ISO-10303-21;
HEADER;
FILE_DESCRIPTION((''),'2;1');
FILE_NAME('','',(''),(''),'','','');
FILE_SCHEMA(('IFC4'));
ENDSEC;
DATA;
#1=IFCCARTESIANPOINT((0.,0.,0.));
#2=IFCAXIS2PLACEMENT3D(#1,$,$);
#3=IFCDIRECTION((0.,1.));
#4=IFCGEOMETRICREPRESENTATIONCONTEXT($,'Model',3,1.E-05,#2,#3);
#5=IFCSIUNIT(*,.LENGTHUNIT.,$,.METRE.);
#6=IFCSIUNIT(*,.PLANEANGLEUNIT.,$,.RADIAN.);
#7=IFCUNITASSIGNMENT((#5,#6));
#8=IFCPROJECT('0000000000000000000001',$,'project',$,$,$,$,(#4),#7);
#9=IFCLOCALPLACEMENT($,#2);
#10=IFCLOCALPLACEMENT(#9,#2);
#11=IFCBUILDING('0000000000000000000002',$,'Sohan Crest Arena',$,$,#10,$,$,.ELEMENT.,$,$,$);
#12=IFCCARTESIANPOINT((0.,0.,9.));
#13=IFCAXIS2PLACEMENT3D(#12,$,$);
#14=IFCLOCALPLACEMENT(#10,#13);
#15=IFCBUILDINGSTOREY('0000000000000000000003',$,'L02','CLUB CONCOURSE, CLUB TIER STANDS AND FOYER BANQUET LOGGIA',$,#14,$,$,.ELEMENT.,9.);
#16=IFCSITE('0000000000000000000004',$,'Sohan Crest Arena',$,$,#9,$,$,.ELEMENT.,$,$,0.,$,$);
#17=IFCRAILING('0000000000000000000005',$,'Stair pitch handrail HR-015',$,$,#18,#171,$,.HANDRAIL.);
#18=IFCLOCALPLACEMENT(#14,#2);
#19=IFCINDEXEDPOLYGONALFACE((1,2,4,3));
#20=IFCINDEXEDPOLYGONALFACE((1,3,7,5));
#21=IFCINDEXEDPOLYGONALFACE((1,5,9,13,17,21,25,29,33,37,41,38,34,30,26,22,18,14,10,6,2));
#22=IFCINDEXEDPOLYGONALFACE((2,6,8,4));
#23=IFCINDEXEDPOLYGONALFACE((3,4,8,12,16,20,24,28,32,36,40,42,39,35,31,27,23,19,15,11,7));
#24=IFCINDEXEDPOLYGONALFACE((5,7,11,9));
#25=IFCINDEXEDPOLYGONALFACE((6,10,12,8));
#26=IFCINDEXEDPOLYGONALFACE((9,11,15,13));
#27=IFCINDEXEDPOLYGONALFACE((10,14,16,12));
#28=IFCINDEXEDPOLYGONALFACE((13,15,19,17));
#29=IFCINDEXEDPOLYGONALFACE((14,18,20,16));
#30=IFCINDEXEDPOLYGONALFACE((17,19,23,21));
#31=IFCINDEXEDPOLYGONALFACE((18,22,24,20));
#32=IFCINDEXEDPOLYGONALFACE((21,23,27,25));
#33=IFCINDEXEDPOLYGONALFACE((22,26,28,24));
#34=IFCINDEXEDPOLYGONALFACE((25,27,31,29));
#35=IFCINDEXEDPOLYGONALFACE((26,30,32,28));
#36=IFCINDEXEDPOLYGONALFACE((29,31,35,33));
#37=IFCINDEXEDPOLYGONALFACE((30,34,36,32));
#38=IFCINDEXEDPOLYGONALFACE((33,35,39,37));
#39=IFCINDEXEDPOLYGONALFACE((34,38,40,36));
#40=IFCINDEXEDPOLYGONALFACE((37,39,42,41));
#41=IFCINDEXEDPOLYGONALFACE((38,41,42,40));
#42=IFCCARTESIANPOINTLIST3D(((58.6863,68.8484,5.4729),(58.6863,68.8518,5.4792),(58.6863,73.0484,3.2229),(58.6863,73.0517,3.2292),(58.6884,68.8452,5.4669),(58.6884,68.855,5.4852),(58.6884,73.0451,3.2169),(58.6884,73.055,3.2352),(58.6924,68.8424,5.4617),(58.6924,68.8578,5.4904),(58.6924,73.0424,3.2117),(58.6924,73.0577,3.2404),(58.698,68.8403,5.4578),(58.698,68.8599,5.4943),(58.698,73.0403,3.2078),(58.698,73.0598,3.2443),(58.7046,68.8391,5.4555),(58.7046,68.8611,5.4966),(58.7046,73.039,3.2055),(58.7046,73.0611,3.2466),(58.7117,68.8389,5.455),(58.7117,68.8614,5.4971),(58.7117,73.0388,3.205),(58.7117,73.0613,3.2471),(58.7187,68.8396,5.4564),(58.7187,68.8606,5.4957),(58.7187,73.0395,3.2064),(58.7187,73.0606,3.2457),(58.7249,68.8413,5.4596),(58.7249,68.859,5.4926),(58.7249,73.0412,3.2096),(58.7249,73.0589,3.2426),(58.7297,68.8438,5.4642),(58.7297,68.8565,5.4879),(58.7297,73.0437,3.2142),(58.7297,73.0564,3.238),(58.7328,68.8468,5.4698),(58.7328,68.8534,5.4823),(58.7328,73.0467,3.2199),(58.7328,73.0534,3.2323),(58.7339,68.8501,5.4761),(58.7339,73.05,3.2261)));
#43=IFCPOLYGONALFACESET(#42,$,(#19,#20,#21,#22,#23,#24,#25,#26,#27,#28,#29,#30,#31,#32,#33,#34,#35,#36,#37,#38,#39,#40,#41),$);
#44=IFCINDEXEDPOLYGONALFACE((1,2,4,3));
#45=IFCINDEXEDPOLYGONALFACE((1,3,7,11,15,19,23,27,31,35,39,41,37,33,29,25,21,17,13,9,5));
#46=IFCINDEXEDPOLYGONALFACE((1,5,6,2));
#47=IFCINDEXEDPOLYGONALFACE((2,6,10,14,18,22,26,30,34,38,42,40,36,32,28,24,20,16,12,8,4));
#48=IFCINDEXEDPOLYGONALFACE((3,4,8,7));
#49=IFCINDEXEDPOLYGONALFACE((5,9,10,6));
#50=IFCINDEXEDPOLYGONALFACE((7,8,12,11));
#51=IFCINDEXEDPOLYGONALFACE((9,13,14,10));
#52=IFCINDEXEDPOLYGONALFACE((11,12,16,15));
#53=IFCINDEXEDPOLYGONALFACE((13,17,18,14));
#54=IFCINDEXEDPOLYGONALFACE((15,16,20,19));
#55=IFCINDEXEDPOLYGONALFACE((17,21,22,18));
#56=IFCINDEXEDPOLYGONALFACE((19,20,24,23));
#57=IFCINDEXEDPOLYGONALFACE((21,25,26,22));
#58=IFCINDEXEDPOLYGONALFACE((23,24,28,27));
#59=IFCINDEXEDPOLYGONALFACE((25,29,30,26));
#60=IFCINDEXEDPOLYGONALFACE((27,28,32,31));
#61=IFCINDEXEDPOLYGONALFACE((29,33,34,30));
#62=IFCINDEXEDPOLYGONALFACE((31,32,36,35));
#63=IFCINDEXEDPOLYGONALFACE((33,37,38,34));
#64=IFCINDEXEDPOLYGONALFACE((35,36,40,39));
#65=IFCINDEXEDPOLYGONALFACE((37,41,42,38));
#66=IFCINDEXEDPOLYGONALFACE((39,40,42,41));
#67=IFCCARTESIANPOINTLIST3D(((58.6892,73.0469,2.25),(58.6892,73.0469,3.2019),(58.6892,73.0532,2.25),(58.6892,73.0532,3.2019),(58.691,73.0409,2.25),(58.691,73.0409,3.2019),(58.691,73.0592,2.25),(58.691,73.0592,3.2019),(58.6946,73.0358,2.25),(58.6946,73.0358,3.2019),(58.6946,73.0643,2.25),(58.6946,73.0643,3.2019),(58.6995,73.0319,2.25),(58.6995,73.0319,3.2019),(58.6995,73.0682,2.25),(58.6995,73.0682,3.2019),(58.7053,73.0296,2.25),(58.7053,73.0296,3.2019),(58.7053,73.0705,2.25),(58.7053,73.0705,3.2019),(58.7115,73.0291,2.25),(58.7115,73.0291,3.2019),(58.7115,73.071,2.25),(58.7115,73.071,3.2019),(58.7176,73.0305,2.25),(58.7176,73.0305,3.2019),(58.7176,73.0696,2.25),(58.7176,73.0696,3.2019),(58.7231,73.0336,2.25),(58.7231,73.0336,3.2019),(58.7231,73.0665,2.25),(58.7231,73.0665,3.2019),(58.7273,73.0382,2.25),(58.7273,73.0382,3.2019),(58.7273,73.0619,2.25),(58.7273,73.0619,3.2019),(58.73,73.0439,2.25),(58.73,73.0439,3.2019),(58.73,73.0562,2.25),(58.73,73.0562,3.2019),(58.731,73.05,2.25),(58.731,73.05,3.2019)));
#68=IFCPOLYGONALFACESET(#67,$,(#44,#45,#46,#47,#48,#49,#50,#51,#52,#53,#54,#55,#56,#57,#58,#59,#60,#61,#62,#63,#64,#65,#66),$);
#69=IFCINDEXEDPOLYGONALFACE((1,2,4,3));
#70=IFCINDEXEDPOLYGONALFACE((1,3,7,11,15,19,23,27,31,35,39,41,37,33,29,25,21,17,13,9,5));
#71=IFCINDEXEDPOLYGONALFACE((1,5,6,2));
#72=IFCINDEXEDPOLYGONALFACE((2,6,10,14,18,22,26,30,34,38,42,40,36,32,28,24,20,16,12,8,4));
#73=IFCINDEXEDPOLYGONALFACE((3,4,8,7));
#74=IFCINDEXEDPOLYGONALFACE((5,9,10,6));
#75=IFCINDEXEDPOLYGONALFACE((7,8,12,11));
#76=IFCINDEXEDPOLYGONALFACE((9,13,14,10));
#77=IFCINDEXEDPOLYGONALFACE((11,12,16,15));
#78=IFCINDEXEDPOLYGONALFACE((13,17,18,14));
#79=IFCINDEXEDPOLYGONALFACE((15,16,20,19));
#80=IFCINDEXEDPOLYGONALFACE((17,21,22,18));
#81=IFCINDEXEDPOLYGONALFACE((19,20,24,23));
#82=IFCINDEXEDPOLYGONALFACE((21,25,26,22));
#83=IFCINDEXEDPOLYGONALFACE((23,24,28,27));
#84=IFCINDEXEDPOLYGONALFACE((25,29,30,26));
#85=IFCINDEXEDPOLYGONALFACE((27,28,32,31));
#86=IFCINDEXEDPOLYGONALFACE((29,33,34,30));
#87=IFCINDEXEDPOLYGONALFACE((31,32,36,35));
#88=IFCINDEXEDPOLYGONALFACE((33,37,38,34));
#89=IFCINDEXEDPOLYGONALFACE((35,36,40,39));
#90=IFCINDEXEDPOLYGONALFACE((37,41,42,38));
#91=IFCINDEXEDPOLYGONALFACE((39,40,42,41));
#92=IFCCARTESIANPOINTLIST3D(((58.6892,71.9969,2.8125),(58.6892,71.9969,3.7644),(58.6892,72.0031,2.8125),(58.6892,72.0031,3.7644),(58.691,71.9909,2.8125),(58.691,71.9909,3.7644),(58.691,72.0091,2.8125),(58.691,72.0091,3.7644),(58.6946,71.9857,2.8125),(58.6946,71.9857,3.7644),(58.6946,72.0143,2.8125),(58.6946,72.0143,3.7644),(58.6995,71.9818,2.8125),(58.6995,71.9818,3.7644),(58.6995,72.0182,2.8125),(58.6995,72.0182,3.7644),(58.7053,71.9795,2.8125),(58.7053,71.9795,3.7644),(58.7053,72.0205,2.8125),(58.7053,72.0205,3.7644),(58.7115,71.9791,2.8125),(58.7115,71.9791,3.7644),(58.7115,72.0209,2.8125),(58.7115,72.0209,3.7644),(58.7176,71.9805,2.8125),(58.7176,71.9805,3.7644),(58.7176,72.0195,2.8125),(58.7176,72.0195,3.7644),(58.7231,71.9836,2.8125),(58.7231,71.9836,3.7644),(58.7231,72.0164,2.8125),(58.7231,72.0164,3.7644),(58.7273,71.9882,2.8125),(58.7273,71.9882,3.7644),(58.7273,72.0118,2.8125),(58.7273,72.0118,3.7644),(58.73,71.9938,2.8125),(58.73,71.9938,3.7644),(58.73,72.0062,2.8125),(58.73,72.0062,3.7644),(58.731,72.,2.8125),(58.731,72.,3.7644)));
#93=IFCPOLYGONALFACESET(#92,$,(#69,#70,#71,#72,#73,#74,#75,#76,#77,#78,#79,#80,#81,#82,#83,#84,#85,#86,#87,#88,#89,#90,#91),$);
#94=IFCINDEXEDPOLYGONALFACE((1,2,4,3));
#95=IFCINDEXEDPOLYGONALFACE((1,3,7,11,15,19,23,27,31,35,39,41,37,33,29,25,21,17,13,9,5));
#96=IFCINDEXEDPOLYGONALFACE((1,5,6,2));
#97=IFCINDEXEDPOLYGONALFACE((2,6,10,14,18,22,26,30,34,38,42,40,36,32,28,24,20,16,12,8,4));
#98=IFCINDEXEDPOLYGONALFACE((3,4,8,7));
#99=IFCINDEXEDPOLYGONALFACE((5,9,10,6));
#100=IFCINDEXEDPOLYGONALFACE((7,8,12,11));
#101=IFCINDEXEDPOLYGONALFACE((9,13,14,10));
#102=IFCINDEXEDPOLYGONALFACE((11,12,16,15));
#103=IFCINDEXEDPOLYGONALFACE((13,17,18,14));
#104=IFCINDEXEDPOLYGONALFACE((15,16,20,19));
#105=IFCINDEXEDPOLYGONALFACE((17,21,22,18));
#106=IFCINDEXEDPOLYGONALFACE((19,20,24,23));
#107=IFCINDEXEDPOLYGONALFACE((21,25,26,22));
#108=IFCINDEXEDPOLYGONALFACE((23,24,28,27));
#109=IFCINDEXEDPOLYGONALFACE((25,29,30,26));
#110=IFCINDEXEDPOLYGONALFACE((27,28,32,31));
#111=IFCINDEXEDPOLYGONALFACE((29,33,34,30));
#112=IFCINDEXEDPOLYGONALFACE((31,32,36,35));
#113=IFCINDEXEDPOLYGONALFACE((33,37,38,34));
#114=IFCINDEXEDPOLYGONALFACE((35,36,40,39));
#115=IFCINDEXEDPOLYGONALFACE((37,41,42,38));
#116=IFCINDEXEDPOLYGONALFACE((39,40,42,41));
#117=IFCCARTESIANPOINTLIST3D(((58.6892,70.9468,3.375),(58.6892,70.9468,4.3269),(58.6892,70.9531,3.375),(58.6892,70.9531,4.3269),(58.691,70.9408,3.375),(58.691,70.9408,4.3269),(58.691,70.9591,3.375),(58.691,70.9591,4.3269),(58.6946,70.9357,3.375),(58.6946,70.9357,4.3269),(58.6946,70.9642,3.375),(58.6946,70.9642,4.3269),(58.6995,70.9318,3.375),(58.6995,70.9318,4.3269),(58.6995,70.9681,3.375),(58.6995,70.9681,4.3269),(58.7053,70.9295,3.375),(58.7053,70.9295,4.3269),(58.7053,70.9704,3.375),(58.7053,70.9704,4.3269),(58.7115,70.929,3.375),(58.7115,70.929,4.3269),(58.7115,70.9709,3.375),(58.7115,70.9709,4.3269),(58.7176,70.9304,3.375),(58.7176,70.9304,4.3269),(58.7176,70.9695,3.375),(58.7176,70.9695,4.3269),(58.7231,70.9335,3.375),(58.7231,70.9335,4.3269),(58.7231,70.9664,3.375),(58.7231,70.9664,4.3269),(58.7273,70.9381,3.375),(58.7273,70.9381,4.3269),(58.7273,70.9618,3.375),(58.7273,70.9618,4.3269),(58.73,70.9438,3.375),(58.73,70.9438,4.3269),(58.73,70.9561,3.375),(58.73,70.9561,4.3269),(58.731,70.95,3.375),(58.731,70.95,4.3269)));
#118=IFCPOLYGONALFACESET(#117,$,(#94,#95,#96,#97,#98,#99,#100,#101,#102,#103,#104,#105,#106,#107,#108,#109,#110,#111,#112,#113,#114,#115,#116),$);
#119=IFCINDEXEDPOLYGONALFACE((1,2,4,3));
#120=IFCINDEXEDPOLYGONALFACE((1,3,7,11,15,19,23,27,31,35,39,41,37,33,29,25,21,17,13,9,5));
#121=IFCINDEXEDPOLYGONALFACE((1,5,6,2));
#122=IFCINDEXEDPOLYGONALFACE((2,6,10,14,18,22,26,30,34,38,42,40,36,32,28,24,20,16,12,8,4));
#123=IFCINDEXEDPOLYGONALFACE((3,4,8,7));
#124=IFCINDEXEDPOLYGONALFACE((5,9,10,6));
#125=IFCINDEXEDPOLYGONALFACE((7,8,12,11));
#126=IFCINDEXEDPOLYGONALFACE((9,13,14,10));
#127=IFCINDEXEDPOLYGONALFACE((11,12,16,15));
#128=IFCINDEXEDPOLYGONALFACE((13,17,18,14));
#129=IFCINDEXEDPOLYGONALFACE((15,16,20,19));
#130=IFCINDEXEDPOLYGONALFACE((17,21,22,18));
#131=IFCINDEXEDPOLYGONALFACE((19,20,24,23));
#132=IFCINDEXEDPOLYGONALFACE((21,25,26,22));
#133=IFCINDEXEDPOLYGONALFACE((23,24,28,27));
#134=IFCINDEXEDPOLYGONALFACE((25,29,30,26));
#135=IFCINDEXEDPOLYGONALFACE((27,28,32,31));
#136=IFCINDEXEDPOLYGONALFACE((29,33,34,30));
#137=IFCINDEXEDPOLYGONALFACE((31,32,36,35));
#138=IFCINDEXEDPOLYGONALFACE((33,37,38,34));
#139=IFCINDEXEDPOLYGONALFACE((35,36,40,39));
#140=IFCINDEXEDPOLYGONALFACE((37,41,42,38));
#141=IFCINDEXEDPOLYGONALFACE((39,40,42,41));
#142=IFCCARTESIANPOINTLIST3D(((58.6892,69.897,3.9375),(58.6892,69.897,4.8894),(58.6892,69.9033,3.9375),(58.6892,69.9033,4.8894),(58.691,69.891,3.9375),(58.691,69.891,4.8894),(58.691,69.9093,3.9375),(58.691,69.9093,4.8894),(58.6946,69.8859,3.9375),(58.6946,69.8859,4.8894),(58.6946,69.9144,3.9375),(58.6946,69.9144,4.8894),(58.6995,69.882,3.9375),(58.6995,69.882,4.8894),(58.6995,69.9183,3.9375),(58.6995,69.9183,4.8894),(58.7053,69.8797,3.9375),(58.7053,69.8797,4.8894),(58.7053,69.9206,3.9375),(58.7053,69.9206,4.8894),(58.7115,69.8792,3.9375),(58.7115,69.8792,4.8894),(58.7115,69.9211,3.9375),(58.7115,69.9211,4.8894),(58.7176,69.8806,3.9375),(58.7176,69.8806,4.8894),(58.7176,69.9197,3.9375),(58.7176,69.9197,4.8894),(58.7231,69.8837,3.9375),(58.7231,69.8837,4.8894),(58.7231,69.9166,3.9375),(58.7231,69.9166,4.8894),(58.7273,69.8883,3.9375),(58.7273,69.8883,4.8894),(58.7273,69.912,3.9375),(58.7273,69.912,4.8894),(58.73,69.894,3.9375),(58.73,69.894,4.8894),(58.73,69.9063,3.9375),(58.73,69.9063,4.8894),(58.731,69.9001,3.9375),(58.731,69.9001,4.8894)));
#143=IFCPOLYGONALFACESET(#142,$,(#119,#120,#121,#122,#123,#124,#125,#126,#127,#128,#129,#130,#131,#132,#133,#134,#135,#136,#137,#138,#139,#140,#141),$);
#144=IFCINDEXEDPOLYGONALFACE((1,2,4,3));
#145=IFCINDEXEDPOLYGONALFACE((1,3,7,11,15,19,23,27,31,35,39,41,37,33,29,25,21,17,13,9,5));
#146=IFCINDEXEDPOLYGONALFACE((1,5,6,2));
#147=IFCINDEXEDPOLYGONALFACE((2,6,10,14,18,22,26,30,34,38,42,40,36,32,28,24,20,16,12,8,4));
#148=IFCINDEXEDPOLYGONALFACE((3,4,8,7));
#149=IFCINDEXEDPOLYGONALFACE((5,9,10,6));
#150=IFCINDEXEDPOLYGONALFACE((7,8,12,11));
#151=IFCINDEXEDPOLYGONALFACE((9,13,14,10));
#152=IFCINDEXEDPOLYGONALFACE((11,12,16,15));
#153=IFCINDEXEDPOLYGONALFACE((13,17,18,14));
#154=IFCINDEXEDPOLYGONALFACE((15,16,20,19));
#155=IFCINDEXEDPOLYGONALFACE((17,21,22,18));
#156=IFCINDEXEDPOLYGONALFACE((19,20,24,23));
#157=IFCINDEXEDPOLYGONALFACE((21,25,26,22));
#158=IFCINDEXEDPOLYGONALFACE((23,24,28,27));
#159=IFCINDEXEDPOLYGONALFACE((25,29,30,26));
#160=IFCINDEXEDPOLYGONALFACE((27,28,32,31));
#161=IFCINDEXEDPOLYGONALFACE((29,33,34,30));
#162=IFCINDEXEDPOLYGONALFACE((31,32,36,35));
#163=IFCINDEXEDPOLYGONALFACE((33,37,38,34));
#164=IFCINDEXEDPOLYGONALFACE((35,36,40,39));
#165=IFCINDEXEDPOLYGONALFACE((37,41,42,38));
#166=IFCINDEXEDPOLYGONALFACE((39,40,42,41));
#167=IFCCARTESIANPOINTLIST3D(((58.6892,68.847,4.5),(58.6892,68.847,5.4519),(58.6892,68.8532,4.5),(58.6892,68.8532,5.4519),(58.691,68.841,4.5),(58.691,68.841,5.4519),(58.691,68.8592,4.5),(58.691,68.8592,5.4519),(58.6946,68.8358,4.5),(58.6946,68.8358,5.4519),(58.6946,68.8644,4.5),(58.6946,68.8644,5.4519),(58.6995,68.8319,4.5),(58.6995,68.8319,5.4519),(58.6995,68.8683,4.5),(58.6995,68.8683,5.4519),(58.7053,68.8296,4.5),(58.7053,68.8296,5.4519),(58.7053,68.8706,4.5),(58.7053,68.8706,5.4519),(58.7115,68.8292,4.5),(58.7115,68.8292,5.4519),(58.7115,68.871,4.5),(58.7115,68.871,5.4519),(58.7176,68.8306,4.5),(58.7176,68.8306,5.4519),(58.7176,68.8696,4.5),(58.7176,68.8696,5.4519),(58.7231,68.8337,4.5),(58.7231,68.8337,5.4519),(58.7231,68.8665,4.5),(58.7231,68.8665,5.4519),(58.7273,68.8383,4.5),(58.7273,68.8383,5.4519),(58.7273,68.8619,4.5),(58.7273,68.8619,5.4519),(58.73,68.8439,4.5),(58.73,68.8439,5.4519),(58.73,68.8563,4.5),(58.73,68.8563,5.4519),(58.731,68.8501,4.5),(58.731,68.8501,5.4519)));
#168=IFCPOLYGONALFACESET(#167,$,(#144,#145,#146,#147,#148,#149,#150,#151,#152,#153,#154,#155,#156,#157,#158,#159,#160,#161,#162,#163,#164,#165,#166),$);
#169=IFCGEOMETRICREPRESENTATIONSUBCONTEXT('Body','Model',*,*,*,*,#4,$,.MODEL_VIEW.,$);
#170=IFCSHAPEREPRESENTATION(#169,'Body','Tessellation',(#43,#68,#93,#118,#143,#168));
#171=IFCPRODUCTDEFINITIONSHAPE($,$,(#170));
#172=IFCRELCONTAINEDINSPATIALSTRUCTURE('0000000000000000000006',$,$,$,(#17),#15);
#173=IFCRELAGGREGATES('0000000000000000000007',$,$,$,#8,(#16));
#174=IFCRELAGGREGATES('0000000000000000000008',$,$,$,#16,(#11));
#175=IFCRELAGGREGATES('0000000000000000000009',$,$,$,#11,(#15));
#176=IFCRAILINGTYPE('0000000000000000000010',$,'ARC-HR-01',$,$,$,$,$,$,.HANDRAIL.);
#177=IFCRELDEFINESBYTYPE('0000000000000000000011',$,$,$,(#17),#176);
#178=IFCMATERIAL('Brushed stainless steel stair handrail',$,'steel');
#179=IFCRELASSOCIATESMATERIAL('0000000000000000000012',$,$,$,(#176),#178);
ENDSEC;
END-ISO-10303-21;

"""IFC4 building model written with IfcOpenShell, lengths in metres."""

from ifc_helpers import new_model, si_unit, direction, frame, origin, origin_2d, place, context, subcontext, project, spatial, circle, extrude, material, type_object, element, save


model = new_model("IFC4")

# Units and contexts
model_context = context("Model", 3, precision=1e-05, world=origin(), true_north=direction((0.0, 1.0)))
body_context = subcontext(model_context, "Body", "Model", "MODEL_VIEW")
ifc_project = project(units=[si_unit("LENGTHUNIT", "METRE"), si_unit("PLANEANGLEUNIT", "RADIAN")], contexts=[model_context])

# Site, building, storey
site_placement = place(None, origin())
site = spatial("IfcSite", under=ifc_project, at=site_placement, Name="Sohan Crest Arena", CompositionType="ELEMENT", RefElevation=0.0)
building_placement = place(site_placement, origin())
building = spatial("IfcBuilding", under=site, at=building_placement, Name="Sohan Crest Arena", CompositionType="ELEMENT")
storey_placement = place(building_placement, frame((0.0, 0.0, 9.0)))
storey = spatial("IfcBuildingStorey", under=building, at=storey_placement, Name="L02", Description="CLUB CONCOURSE, CLUB TIER STANDS AND FOYER BANQUET LOGGIA", CompositionType="ELEMENT", Elevation=9.0)

# Railing
ifc_material_1 = material(Name="Brushed stainless steel stair handrail", Category="steel")
railing_type_1 = type_object("IfcRailingType", Name="ARC-HR-01", PredefinedType="HANDRAIL", material=ifc_material_1)
railing_1_placement = place(storey_placement, frame((58.71, 73.05, 2.25)))
element("IfcRailing", 1, at=railing_1_placement, inside=storey, type_object=railing_type_1, Name="Stair pitch handrail HR-015", PredefinedType="HANDRAIL", context=body_context, shape_type="SweptSolid", body=[
    extrude(circle(Radius=0.0239, at=origin_2d()), frame((0.0, 0.0, 0.9761), z_axis=(0.0, -0.881478, 0.472226), x_axis=(1.0, 0.0, 0.0)), (0.0, 0.0, 1.0), 4.7646),
    extrude(circle(Radius=0.021, at=origin_2d()), origin(), (0.0, 0.0, 1.0), 0.9519),
    extrude(circle(Radius=0.021, at=origin_2d()), frame((0.0, -1.05, 0.5625)), (0.0, 0.0, 1.0), 0.9519),
    extrude(circle(Radius=0.021, at=origin_2d()), frame((0.0, -2.1001, 1.125)), (0.0, 0.0, 1.0), 0.9519),
    extrude(circle(Radius=0.021, at=origin_2d()), frame((0.0, -3.1499, 1.6875)), (0.0, 0.0, 1.0), 0.9519),
    extrude(circle(Radius=0.021, at=origin_2d()), frame((0.0, -4.2, 2.25)), (0.0, 0.0, 1.0), 0.9519),
])

save(model, "model.ifc")
